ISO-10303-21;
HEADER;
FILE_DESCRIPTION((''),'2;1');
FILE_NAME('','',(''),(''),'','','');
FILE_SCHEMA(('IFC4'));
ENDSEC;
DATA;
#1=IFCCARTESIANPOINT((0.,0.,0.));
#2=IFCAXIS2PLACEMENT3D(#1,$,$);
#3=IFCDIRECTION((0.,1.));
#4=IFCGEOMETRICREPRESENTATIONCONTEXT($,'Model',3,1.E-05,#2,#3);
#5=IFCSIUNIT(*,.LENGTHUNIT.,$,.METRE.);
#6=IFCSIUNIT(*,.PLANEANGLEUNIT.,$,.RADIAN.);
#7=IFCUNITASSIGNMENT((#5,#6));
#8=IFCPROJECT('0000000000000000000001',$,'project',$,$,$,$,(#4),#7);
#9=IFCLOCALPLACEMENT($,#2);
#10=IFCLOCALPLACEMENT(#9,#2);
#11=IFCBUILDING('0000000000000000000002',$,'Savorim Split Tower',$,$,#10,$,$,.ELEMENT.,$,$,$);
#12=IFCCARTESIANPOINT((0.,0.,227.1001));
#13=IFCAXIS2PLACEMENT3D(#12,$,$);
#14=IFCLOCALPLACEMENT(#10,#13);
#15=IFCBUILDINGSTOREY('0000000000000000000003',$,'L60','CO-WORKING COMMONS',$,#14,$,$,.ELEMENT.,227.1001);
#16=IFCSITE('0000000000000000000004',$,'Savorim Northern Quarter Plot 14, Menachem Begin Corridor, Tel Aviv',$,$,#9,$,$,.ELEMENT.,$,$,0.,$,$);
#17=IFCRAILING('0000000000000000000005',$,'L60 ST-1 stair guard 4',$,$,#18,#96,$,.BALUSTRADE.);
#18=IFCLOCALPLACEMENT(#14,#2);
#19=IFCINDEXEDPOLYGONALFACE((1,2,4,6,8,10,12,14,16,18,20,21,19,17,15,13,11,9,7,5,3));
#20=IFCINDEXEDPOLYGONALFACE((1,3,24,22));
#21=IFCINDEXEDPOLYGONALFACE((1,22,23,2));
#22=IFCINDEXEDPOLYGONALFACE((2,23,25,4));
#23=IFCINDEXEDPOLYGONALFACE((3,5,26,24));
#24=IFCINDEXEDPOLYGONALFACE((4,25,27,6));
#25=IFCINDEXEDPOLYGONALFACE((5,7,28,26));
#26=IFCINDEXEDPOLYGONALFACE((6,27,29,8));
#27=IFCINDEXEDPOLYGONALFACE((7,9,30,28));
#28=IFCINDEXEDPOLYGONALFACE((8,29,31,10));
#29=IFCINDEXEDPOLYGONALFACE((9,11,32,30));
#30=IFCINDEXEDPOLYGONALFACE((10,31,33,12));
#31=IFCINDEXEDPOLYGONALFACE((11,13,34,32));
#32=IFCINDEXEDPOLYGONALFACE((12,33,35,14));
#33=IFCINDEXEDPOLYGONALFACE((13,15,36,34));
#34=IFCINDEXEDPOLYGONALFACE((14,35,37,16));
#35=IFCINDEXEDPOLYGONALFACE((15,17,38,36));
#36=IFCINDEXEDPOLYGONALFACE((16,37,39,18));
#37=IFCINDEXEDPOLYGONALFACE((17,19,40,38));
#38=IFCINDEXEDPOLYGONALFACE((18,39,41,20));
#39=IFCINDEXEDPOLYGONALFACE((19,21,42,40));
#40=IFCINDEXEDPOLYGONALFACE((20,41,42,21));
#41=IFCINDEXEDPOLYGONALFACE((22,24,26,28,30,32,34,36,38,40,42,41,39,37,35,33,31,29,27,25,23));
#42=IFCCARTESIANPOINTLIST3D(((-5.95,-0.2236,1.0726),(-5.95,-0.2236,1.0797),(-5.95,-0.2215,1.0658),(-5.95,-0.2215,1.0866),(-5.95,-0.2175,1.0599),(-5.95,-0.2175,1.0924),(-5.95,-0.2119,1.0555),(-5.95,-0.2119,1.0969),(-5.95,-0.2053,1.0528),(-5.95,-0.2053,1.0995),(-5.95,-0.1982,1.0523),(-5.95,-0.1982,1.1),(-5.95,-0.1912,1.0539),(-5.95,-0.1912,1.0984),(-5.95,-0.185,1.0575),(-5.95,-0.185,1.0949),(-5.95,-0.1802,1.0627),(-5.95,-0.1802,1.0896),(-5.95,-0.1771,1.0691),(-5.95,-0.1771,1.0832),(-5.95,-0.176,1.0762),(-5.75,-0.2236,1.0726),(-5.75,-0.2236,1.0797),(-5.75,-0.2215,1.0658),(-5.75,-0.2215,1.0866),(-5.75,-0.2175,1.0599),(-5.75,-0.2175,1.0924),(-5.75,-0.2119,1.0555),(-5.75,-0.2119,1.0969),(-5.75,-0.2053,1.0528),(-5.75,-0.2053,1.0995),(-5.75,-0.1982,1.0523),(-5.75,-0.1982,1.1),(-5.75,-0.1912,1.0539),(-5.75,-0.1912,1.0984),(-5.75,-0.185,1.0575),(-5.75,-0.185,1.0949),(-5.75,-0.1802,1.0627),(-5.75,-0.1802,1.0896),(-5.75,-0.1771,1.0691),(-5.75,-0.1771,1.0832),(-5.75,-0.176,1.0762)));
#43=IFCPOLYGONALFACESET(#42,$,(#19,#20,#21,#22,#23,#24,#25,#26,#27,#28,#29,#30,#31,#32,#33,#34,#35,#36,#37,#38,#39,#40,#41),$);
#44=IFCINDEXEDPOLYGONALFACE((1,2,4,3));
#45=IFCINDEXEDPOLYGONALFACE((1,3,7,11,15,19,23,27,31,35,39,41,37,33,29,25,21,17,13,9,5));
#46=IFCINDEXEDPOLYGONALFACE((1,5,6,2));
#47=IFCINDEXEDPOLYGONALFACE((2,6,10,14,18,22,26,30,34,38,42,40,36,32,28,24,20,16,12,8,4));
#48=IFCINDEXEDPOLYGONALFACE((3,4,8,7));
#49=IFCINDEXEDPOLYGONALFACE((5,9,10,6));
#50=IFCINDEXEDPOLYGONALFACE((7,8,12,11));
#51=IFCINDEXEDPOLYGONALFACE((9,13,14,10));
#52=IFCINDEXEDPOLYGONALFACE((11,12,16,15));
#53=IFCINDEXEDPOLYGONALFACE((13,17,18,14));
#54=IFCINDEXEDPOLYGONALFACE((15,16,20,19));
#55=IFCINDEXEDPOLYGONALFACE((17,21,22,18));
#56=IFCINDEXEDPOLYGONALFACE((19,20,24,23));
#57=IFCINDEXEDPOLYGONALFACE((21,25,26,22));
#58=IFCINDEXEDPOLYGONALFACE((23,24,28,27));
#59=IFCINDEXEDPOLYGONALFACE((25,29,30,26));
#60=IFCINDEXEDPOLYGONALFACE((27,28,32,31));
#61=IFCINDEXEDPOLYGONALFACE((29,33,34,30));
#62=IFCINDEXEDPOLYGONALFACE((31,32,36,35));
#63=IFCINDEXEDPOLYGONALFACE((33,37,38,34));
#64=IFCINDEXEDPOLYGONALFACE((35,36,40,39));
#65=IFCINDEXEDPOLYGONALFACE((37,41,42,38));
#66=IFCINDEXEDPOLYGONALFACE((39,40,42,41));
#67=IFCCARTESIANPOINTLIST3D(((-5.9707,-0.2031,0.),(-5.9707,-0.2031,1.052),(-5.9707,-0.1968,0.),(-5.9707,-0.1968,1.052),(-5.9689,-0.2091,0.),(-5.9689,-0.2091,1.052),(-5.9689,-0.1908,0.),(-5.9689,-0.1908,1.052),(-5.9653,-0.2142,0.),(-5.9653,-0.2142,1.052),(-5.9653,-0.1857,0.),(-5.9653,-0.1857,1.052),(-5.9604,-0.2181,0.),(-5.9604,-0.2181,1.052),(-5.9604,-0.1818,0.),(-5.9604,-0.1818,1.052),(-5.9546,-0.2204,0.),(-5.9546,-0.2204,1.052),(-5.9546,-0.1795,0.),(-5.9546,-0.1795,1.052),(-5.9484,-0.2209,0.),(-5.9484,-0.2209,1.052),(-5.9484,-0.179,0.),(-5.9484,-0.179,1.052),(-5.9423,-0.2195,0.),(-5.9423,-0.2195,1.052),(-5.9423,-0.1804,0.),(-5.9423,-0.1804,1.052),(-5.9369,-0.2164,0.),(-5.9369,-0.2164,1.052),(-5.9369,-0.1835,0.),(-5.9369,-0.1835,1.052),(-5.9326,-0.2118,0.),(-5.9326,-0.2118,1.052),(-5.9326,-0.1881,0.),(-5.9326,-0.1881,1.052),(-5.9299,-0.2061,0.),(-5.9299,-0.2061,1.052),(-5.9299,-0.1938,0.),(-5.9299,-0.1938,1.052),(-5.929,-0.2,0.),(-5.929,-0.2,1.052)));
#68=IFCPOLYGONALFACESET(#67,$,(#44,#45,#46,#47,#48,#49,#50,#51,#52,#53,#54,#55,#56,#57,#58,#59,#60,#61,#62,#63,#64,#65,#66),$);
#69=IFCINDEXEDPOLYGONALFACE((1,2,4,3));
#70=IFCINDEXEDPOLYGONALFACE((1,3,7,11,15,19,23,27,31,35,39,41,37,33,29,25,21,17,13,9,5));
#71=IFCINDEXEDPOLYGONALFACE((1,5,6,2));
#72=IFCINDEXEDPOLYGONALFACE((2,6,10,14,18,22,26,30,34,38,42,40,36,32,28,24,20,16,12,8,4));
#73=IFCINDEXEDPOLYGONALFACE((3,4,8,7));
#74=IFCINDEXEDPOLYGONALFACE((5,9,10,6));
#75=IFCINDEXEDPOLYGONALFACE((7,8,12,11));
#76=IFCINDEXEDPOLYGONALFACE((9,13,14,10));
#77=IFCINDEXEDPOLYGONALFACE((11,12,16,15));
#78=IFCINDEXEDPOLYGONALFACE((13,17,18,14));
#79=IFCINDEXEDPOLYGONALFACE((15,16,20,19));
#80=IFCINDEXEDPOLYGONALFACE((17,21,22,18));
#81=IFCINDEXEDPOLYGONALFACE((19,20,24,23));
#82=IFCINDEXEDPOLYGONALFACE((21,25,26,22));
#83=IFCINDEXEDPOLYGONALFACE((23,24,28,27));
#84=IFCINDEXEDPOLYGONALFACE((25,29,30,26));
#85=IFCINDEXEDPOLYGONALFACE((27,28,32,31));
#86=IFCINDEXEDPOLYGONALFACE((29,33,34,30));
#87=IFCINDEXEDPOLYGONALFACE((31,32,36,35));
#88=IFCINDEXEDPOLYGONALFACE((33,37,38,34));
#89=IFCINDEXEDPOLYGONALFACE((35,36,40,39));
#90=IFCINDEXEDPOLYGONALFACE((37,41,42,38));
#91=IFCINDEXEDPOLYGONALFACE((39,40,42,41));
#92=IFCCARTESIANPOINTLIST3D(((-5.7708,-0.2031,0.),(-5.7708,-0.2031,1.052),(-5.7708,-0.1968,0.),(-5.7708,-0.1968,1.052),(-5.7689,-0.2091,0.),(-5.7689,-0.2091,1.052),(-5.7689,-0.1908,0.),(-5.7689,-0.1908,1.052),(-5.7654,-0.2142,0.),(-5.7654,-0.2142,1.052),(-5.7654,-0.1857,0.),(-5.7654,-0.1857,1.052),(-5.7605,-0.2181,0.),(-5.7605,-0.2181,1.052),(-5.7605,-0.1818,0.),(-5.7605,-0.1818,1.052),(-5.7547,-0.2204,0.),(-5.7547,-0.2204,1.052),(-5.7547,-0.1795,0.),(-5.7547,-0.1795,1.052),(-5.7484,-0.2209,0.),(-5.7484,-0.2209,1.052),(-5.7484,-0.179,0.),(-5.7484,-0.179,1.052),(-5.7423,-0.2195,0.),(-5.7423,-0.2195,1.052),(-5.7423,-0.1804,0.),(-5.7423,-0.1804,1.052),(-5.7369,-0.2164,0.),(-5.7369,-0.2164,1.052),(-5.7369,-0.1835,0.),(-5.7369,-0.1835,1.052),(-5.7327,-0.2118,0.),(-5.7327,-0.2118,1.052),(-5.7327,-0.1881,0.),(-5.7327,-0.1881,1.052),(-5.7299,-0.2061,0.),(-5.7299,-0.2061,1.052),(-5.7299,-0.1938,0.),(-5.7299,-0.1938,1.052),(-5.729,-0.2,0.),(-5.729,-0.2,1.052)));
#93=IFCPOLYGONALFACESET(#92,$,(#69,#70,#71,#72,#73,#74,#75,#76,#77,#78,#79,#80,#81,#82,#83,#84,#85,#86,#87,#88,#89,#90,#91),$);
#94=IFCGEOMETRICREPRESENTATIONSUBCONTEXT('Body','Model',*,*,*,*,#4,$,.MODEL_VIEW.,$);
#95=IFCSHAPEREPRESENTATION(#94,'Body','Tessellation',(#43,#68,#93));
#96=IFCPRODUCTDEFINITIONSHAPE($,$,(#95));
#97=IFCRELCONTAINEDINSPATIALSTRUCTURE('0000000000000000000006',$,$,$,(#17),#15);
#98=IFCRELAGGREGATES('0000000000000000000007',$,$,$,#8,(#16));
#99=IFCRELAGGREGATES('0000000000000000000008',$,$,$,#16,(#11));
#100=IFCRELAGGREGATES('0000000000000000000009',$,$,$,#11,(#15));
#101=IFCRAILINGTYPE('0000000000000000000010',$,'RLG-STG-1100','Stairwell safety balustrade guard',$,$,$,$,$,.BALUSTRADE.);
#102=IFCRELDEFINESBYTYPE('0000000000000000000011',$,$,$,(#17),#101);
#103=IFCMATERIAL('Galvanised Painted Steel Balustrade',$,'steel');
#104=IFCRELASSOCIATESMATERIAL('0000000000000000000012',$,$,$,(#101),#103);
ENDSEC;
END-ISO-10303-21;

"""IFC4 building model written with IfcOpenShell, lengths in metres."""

from ifc_helpers import new_model, si_unit, direction, frame, origin, origin_2d, place, context, subcontext, project, spatial, circle, extrude, material, type_object, element, save


model = new_model("IFC4")

# Units and contexts
model_context = context("Model", 3, precision=1e-05, world=origin(), true_north=direction((0.0, 1.0)))
body_context = subcontext(model_context, "Body", "Model", "MODEL_VIEW")
ifc_project = project(units=[si_unit("LENGTHUNIT", "METRE"), si_unit("PLANEANGLEUNIT", "RADIAN")], contexts=[model_context])

# Site, building, storey
site_placement = place(None, origin())
site = spatial("IfcSite", under=ifc_project, at=site_placement, Name="Savorim Northern Quarter Plot 14, Menachem Begin Corridor, Tel Aviv", CompositionType="ELEMENT", RefElevation=0.0)
building_placement = place(site_placement, origin())
building = spatial("IfcBuilding", under=site, at=building_placement, Name="Savorim Split Tower", CompositionType="ELEMENT")
storey_placement = place(building_placement, frame((0.0, 0.0, 227.1001)))
storey = spatial("IfcBuildingStorey", under=building, at=storey_placement, Name="L60", Description="CO-WORKING COMMONS", CompositionType="ELEMENT", Elevation=227.1001)

# Railing
ifc_material_1 = material(Name="Galvanised Painted Steel Balustrade", Category="steel")
railing_type_1 = type_object("IfcRailingType", Name="RLG-STG-1100", Description="Stairwell safety balustrade guard", PredefinedType="BALUSTRADE", material=ifc_material_1)
railing_1_placement = place(storey_placement, frame((-5.95, -0.2, 0.0)))
element("IfcRailing", 1, at=railing_1_placement, inside=storey, type_object=railing_type_1, Name="L60 ST-1 stair guard 4", PredefinedType="BALUSTRADE", context=body_context, shape_type="SweptSolid", body=[
    extrude(circle(Radius=0.0239, at=origin_2d()), frame((0.0, 0.0, 1.0762), z_axis=(1.0, 0.0, 0.0), x_axis=(0.0, 1.0, 0.0)), (0.0, 0.0, 1.0), 0.2),
    extrude(circle(Radius=0.021, at=origin_2d()), origin(), (0.0, 0.0, 1.0), 1.052),
    extrude(circle(Radius=0.021, at=origin_2d()), frame((0.2, 0.0, 0.0)), (0.0, 0.0, 1.0), 1.052),
])

save(model, "model.ifc")
